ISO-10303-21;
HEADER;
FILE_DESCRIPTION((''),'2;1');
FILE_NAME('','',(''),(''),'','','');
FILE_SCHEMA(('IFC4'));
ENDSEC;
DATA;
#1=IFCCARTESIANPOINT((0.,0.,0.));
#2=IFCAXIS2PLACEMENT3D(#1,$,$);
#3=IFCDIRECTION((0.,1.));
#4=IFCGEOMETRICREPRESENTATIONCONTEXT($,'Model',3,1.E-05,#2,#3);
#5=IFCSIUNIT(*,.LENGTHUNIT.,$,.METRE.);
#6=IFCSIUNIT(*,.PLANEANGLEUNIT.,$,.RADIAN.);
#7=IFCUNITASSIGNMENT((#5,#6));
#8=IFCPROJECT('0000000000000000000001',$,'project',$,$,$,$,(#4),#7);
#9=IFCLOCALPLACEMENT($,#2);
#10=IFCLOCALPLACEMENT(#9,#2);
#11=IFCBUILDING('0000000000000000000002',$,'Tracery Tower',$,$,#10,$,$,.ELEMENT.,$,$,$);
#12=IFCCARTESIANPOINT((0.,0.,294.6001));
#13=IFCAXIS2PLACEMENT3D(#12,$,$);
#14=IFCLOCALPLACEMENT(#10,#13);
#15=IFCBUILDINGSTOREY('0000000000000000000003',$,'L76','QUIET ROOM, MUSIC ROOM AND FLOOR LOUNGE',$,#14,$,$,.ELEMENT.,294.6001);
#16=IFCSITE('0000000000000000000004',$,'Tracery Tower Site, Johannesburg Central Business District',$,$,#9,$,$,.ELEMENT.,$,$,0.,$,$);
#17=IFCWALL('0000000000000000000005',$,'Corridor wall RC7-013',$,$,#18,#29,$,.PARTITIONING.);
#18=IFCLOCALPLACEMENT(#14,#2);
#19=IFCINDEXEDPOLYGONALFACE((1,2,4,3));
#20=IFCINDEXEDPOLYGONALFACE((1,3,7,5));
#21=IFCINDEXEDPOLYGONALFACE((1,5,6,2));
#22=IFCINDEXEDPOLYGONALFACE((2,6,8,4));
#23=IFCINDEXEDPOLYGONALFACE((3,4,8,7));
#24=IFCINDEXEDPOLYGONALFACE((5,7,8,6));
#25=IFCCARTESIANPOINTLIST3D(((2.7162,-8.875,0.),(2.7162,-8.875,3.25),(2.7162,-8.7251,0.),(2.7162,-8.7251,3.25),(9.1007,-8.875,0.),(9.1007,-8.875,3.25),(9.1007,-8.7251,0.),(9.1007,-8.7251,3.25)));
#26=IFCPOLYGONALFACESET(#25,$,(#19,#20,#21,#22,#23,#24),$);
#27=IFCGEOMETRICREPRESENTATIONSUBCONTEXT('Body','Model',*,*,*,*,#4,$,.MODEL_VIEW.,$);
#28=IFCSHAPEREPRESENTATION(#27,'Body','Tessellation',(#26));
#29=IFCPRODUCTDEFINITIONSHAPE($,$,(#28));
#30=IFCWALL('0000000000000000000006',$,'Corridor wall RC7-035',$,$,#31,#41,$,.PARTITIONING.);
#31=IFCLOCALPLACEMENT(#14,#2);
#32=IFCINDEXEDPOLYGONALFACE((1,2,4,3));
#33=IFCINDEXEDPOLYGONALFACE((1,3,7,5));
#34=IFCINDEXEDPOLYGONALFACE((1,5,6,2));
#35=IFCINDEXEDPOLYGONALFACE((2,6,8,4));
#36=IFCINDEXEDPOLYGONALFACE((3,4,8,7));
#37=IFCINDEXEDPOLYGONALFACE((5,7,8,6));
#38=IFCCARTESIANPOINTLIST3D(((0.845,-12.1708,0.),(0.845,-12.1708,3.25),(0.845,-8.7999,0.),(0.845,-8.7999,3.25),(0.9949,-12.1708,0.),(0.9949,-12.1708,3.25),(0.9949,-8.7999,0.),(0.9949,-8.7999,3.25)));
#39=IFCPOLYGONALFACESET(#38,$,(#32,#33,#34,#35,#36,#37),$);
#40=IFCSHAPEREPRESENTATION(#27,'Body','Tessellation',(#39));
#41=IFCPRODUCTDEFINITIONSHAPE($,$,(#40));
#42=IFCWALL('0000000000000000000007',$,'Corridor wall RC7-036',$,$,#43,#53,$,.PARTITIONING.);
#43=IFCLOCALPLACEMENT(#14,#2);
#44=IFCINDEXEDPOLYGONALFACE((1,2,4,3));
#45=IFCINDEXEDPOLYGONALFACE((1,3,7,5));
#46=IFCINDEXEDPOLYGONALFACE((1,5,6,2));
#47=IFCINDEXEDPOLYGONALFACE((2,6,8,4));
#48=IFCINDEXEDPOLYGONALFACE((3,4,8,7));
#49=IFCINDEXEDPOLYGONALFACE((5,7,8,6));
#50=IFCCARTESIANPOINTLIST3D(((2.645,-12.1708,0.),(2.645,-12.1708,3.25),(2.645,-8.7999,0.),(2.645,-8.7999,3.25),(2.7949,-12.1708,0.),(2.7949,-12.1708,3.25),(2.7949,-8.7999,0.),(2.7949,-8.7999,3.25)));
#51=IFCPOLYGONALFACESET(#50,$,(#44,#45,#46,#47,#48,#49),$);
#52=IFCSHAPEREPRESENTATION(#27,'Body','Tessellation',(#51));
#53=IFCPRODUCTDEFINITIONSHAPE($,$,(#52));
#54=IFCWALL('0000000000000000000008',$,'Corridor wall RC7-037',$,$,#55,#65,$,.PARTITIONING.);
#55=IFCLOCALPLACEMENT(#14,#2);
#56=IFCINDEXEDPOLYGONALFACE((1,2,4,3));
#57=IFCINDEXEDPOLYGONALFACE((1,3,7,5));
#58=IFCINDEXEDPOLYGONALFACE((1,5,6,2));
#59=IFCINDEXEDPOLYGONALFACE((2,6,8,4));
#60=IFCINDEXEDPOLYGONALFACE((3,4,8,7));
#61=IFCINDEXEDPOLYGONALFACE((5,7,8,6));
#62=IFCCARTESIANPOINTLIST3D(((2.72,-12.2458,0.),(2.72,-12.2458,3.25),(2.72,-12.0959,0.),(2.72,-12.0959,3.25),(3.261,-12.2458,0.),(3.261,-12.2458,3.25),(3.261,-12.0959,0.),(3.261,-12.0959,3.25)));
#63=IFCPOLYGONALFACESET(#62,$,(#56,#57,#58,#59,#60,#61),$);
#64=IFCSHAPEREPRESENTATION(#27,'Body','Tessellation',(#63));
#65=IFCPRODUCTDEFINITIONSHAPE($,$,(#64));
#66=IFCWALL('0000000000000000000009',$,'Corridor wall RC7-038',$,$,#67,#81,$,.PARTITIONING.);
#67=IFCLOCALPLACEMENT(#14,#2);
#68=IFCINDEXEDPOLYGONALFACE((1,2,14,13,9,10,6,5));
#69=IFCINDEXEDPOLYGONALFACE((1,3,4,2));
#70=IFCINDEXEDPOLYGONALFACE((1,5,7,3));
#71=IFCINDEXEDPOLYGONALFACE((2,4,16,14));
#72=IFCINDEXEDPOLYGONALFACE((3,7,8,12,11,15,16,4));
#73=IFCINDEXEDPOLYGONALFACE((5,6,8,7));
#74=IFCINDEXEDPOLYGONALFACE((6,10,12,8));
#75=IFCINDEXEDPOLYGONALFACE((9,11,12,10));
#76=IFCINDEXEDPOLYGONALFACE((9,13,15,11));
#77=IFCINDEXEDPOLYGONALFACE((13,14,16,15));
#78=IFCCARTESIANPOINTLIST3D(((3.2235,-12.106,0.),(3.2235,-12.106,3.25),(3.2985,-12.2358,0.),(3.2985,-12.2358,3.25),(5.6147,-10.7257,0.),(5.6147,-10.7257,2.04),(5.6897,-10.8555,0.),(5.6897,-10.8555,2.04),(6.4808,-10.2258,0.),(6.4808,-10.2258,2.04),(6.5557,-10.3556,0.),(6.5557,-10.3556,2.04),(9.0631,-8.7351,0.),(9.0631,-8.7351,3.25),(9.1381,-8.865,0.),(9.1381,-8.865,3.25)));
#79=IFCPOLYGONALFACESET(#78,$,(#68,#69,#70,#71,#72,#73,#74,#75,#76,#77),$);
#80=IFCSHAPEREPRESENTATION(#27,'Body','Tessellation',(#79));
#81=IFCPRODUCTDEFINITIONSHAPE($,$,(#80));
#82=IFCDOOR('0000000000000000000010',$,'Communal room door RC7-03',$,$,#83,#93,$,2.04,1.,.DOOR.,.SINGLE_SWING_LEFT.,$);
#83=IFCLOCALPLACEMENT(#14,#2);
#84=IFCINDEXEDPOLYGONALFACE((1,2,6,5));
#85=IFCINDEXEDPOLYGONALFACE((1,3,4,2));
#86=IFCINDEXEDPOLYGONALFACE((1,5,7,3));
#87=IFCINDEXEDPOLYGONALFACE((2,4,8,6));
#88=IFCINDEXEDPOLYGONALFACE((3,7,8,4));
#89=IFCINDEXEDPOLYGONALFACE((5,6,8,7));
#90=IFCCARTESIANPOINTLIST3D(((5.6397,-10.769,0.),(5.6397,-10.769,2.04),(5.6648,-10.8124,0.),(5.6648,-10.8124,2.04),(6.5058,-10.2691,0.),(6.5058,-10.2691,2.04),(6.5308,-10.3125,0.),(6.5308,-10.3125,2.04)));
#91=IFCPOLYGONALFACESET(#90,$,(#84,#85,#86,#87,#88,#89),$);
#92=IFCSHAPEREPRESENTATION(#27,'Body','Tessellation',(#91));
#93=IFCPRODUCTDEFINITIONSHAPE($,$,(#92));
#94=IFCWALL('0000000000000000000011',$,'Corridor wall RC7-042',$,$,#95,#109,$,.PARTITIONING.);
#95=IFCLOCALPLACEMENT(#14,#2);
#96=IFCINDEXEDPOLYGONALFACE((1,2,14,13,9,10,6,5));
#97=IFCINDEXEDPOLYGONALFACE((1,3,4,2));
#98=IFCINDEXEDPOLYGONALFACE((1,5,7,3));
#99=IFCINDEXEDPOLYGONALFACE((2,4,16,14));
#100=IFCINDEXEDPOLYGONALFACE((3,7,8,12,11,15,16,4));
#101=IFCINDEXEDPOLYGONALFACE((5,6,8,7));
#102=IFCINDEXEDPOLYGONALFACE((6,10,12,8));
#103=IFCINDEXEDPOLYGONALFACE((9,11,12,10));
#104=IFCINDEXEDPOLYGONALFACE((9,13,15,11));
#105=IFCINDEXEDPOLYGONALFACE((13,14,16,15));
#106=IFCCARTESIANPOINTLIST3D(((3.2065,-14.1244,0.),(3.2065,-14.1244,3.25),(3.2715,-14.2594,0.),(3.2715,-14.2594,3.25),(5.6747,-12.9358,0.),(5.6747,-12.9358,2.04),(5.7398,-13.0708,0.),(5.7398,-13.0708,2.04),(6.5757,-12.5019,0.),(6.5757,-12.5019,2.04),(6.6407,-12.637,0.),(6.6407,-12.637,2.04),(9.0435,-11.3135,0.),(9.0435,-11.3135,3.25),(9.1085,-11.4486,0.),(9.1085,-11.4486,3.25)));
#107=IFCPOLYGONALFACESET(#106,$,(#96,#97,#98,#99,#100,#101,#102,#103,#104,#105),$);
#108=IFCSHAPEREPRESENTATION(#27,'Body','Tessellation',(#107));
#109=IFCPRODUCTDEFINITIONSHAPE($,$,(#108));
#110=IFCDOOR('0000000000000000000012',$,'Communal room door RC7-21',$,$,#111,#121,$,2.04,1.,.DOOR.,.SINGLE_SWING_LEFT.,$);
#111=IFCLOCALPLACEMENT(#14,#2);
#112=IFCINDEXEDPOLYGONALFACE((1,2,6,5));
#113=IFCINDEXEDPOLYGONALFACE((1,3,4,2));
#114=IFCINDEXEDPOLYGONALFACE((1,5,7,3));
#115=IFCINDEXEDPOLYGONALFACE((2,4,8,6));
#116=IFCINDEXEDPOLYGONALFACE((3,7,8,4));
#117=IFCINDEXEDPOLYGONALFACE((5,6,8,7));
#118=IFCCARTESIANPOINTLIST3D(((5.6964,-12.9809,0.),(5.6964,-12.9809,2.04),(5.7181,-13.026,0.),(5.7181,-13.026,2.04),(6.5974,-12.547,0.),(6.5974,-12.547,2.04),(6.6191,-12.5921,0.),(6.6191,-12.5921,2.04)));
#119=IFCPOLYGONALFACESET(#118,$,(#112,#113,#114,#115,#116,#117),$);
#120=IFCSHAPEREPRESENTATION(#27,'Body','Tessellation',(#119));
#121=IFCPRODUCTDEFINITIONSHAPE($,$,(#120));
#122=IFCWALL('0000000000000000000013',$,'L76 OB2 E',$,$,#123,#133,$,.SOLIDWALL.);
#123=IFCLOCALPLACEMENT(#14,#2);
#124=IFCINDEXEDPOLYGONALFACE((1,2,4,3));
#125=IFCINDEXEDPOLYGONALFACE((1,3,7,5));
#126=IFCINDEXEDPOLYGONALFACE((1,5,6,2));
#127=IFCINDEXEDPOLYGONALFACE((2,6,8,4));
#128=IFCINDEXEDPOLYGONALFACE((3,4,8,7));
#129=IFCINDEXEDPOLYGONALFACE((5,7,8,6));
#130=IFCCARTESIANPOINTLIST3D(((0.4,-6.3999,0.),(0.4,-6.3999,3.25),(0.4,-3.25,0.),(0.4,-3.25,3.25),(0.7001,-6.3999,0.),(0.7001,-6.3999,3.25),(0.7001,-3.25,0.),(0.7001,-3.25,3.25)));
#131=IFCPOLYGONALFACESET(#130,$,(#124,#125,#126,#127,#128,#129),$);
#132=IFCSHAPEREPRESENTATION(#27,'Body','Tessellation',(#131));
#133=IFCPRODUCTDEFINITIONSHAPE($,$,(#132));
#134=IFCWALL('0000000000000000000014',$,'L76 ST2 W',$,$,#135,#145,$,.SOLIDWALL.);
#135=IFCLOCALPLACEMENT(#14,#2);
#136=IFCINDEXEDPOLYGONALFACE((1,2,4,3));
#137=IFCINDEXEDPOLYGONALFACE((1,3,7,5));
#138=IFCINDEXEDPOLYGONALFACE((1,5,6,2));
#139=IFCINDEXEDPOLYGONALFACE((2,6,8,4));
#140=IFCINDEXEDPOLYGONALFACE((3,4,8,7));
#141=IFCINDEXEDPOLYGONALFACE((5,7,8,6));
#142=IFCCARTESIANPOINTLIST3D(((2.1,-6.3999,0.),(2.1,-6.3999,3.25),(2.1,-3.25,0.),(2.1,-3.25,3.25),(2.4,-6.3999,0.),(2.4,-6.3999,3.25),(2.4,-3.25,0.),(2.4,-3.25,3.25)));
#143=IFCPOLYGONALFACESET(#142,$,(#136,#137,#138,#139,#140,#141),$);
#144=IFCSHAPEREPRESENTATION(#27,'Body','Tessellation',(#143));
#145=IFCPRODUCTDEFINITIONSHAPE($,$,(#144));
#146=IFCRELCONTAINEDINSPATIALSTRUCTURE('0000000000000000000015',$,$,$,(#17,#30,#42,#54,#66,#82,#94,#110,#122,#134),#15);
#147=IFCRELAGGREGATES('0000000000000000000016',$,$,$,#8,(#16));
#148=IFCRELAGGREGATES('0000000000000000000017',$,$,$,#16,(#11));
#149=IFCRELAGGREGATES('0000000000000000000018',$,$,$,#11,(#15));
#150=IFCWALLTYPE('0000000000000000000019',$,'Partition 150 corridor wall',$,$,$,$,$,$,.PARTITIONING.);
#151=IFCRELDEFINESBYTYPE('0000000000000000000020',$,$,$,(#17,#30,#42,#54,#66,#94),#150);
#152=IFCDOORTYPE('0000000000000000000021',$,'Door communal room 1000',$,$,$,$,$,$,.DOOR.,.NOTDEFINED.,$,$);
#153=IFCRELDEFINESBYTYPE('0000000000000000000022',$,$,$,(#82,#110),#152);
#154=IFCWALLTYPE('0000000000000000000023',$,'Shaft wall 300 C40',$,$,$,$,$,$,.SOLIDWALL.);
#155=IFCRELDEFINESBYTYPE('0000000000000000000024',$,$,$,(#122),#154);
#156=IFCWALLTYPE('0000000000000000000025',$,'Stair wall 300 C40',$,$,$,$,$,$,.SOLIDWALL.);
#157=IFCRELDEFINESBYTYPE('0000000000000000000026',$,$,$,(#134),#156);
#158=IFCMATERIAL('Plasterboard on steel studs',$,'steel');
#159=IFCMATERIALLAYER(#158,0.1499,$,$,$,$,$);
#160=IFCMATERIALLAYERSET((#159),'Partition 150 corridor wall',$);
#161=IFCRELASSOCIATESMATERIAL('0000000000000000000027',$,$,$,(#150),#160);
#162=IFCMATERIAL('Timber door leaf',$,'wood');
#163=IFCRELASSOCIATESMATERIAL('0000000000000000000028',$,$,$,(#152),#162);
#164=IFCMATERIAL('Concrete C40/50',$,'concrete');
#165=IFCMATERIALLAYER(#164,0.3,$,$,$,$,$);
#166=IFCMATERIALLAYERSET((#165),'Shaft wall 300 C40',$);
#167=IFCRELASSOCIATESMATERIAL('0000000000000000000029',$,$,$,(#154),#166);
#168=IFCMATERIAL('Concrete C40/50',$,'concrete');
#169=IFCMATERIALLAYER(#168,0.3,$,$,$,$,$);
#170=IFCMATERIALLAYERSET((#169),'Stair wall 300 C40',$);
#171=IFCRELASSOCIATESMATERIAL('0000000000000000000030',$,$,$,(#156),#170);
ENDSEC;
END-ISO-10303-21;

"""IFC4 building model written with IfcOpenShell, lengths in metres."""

from ifc_helpers import new_model, si_unit, direction, frame, frame_2d, origin, place, context, subcontext, project, spatial, rectangle, extrude, material, layer, layer_set, type_object, element, fill, save


model = new_model("IFC4")

# Units and contexts
model_context = context("Model", 3, precision=1e-05, world=origin(), true_north=direction((0.0, 1.0)))
body_context = subcontext(model_context, "Body", "Model", "MODEL_VIEW")
ifc_project = project(units=[si_unit("LENGTHUNIT", "METRE"), si_unit("PLANEANGLEUNIT", "RADIAN")], contexts=[model_context])

# Site, building, storey
site_placement = place(None, origin())
site = spatial("IfcSite", under=ifc_project, at=site_placement, Name="Tracery Tower Site, Johannesburg Central Business District", CompositionType="ELEMENT", RefElevation=0.0)
building_placement = place(site_placement, origin())
building = spatial("IfcBuilding", under=site, at=building_placement, Name="Tracery Tower", CompositionType="ELEMENT")
storey_placement = place(building_placement, frame((0.0, 0.0, 294.6001)))
storey = spatial("IfcBuildingStorey", under=building, at=storey_placement, Name="L76", Description="QUIET ROOM, MUSIC ROOM AND FLOOR LOUNGE", CompositionType="ELEMENT", Elevation=294.6001)

# Walls
ifc_material_1 = material(Name="Plasterboard on steel studs", Category="steel")
ifc_layer_1 = layer(ifc_material_1, 0.1499)
ifc_layer_set_1 = layer_set([ifc_layer_1], Name="Partition 150 corridor wall")
wall_type_1 = type_object("IfcWallType", Name="Partition 150 corridor wall", PredefinedType="PARTITIONING", material=ifc_layer_set_1)
wall_1_placement = place(storey_placement, frame((2.7161, -8.8, 0.0), z_axis=(0.0, 0.0, 1.0), x_axis=(1.0, 0.0, 0.0)))
element("IfcWall", 1, at=wall_1_placement, inside=storey, type_object=wall_type_1, Name="Corridor wall RC7-013", PredefinedType="PARTITIONING", context=body_context, shape_type="SweptSolid", body=[
    extrude(rectangle(XDim=6.3845, YDim=0.1499, at=frame_2d((3.1924, 0.0))), origin(), (0.0, 0.0, 1.0), 3.25),
])
for number, where, z_axis, x_axis, name in (
    (2, (0.9199, -12.1709, 0.0), (0.0, 0.0, 1.0), (0.0, 1.0, 0.0), "Corridor wall RC7-035"),
    (3, (2.72, -12.1709, 0.0), (0.0, 0.0, 1.0), (0.0, 1.0, 0.0), "Corridor wall RC7-036"),
):
    element("IfcWall", number, at=place(storey_placement, frame(where, z_axis=z_axis, x_axis=x_axis)), inside=storey, type_object=wall_type_1, Name=name, PredefinedType="PARTITIONING", context=body_context, shape_type="SweptSolid", body=[
        extrude(rectangle(XDim=3.3708, YDim=0.1499, at=frame_2d((1.6855, 0.0))), origin(), (0.0, 0.0, 1.0), 3.25),
    ])
wall_2_placement = place(storey_placement, frame((2.72, -12.1709, 0.0), z_axis=(0.0, 0.0, 1.0), x_axis=(1.0, 0.0, 0.0)))
element("IfcWall", 4, at=wall_2_placement, inside=storey, type_object=wall_type_1, Name="Corridor wall RC7-037", PredefinedType="PARTITIONING", context=body_context, shape_type="SweptSolid", body=[
    extrude(rectangle(XDim=0.541, YDim=0.1499, at=frame_2d((0.2705, 0.0))), origin(), (0.0, 0.0, 1.0), 3.25),
])

# Walls, openings, doors
wall_3_placement = place(storey_placement, frame((3.261, -12.1709, 0.0), z_axis=(0.0, 0.0, 1.0), x_axis=(0.866067, 0.499928, 0.0)))
wall_3 = element("IfcWall", 5, at=wall_3_placement, inside=storey, type_object=wall_type_1, Name="Corridor wall RC7-038", PredefinedType="PARTITIONING", context=body_context, shape_type="SweptSolid", body=[
    extrude(rectangle(XDim=6.7427, YDim=0.1499, at=frame_2d((3.3713, 0.0))), origin(), (0.0, 0.0, 1.0), 3.25),
])
opening_1_placement = place(wall_3_placement, frame((2.761, 0.0, 0.0)))
opening_1 = element("IfcOpeningElement", 6, at=opening_1_placement, cuts=wall_3, PredefinedType="OPENING", context=body_context, shape_type="SweptSolid", body=[
    extrude(rectangle(XDim=1.0, YDim=2.04, at=frame_2d((0.5, 1.02))), frame((0.0, 0.075, 0.0), z_axis=(0.0, -1.0, 0.0), x_axis=(1.0, 0.0, 0.0)), (0.0, 0.0, 1.0), 0.1499),
])
ifc_material_2 = material(Name="Timber door leaf", Category="wood")
door_type_1 = type_object("IfcDoorType", Name="Door communal room 1000", OperationType="NOTDEFINED", PredefinedType="DOOR", material=ifc_material_2)
door_1_placement = place(opening_1_placement, origin())
door_1 = element("IfcDoor", 7, at=door_1_placement, inside=storey, type_object=door_type_1, Name="Communal room door RC7-03", OperationType="SINGLE_SWING_LEFT", OverallHeight=2.04, OverallWidth=1.0, PredefinedType="DOOR", context=body_context, shape_type="SweptSolid", body=[
    extrude(rectangle(XDim=1.0, YDim=2.04, at=frame_2d((0.5, 1.02))), frame((0.0, 0.0249, 0.0), z_axis=(0.0, -1.0, 0.0), x_axis=(1.0, 0.0, 0.0)), (0.0, 0.0, 1.0), 0.05),
])
fill(opening_1, door_1)
wall_4_placement = place(storey_placement, frame((3.239, -14.1919, 0.0), z_axis=(0.0, 0.0, 1.0), x_axis=(0.900976, 0.433869, 0.0)))
wall_4 = element("IfcWall", 8, at=wall_4_placement, inside=storey, type_object=wall_type_1, Name="Corridor wall RC7-042", PredefinedType="PARTITIONING", context=body_context, shape_type="SweptSolid", body=[
    extrude(rectangle(XDim=6.4785, YDim=0.1499, at=frame_2d((3.2393, 0.0))), origin(), (0.0, 0.0, 1.0), 3.25),
])
opening_2_placement = place(wall_4_placement, frame((2.7395, 0.0, 0.0)))
opening_2 = element("IfcOpeningElement", 9, at=opening_2_placement, cuts=wall_4, PredefinedType="OPENING", context=body_context, shape_type="SweptSolid", body=[
    extrude(rectangle(XDim=1.0, YDim=2.04, at=frame_2d((0.5, 1.02))), frame((0.0, 0.075, 0.0), z_axis=(0.0, -1.0, 0.0), x_axis=(1.0, 0.0, 0.0)), (0.0, 0.0, 1.0), 0.1499),
])
door_2_placement = place(opening_2_placement, origin())
door_2 = element("IfcDoor", 10, at=door_2_placement, inside=storey, type_object=door_type_1, Name="Communal room door RC7-21", OperationType="SINGLE_SWING_LEFT", OverallHeight=2.04, OverallWidth=1.0, PredefinedType="DOOR", context=body_context, shape_type="SweptSolid", body=[
    extrude(rectangle(XDim=1.0, YDim=2.04, at=frame_2d((0.5, 1.02))), frame((0.0, 0.0249, 0.0), z_axis=(0.0, -1.0, 0.0), x_axis=(1.0, 0.0, 0.0)), (0.0, 0.0, 1.0), 0.05),
])
fill(opening_2, door_2)

# Wall
ifc_material_3 = material(Name="Concrete C40/50", Category="concrete")
ifc_layer_2 = layer(ifc_material_3, 0.3)
ifc_layer_set_2 = layer_set([ifc_layer_2], Name="Shaft wall 300 C40")
wall_type_2 = type_object("IfcWallType", Name="Shaft wall 300 C40", PredefinedType="SOLIDWALL", material=ifc_layer_set_2)
wall_5_placement = place(storey_placement, frame((0.55, -6.3999, 0.0), z_axis=(0.0, 0.0, 1.0), x_axis=(0.0, 1.0, 0.0)))
element("IfcWall", 11, at=wall_5_placement, inside=storey, type_object=wall_type_2, Name="L76 OB2 E", PredefinedType="SOLIDWALL", context=body_context, shape_type="SweptSolid", body=[
    extrude(rectangle(XDim=3.1499, YDim=0.3, at=frame_2d((1.575, 0.0))), origin(), (0.0, 0.0, 1.0), 3.25),
])

# Shared definitions
ifc_material_4 = material(Name="Concrete C40/50", Category="concrete")
ifc_layer_3 = layer(ifc_material_4, 0.3)
ifc_layer_set_3 = layer_set([ifc_layer_3], Name="Stair wall 300 C40")
wall_type_3 = type_object("IfcWallType", Name="Stair wall 300 C40", PredefinedType="SOLIDWALL", material=ifc_layer_set_3)

# Wall
wall_6_placement = place(storey_placement, frame((2.25, -6.3999, 0.0), z_axis=(0.0, 0.0, 1.0), x_axis=(0.0, 1.0, 0.0)))
element("IfcWall", 12, at=wall_6_placement, inside=storey, type_object=wall_type_3, Name="L76 ST2 W", PredefinedType="SOLIDWALL", context=body_context, shape_type="SweptSolid", body=[
    extrude(rectangle(XDim=3.1499, YDim=0.3, at=frame_2d((1.575, 0.0))), origin(), (0.0, 0.0, 1.0), 3.25),
])

save(model, "model.ifc")
